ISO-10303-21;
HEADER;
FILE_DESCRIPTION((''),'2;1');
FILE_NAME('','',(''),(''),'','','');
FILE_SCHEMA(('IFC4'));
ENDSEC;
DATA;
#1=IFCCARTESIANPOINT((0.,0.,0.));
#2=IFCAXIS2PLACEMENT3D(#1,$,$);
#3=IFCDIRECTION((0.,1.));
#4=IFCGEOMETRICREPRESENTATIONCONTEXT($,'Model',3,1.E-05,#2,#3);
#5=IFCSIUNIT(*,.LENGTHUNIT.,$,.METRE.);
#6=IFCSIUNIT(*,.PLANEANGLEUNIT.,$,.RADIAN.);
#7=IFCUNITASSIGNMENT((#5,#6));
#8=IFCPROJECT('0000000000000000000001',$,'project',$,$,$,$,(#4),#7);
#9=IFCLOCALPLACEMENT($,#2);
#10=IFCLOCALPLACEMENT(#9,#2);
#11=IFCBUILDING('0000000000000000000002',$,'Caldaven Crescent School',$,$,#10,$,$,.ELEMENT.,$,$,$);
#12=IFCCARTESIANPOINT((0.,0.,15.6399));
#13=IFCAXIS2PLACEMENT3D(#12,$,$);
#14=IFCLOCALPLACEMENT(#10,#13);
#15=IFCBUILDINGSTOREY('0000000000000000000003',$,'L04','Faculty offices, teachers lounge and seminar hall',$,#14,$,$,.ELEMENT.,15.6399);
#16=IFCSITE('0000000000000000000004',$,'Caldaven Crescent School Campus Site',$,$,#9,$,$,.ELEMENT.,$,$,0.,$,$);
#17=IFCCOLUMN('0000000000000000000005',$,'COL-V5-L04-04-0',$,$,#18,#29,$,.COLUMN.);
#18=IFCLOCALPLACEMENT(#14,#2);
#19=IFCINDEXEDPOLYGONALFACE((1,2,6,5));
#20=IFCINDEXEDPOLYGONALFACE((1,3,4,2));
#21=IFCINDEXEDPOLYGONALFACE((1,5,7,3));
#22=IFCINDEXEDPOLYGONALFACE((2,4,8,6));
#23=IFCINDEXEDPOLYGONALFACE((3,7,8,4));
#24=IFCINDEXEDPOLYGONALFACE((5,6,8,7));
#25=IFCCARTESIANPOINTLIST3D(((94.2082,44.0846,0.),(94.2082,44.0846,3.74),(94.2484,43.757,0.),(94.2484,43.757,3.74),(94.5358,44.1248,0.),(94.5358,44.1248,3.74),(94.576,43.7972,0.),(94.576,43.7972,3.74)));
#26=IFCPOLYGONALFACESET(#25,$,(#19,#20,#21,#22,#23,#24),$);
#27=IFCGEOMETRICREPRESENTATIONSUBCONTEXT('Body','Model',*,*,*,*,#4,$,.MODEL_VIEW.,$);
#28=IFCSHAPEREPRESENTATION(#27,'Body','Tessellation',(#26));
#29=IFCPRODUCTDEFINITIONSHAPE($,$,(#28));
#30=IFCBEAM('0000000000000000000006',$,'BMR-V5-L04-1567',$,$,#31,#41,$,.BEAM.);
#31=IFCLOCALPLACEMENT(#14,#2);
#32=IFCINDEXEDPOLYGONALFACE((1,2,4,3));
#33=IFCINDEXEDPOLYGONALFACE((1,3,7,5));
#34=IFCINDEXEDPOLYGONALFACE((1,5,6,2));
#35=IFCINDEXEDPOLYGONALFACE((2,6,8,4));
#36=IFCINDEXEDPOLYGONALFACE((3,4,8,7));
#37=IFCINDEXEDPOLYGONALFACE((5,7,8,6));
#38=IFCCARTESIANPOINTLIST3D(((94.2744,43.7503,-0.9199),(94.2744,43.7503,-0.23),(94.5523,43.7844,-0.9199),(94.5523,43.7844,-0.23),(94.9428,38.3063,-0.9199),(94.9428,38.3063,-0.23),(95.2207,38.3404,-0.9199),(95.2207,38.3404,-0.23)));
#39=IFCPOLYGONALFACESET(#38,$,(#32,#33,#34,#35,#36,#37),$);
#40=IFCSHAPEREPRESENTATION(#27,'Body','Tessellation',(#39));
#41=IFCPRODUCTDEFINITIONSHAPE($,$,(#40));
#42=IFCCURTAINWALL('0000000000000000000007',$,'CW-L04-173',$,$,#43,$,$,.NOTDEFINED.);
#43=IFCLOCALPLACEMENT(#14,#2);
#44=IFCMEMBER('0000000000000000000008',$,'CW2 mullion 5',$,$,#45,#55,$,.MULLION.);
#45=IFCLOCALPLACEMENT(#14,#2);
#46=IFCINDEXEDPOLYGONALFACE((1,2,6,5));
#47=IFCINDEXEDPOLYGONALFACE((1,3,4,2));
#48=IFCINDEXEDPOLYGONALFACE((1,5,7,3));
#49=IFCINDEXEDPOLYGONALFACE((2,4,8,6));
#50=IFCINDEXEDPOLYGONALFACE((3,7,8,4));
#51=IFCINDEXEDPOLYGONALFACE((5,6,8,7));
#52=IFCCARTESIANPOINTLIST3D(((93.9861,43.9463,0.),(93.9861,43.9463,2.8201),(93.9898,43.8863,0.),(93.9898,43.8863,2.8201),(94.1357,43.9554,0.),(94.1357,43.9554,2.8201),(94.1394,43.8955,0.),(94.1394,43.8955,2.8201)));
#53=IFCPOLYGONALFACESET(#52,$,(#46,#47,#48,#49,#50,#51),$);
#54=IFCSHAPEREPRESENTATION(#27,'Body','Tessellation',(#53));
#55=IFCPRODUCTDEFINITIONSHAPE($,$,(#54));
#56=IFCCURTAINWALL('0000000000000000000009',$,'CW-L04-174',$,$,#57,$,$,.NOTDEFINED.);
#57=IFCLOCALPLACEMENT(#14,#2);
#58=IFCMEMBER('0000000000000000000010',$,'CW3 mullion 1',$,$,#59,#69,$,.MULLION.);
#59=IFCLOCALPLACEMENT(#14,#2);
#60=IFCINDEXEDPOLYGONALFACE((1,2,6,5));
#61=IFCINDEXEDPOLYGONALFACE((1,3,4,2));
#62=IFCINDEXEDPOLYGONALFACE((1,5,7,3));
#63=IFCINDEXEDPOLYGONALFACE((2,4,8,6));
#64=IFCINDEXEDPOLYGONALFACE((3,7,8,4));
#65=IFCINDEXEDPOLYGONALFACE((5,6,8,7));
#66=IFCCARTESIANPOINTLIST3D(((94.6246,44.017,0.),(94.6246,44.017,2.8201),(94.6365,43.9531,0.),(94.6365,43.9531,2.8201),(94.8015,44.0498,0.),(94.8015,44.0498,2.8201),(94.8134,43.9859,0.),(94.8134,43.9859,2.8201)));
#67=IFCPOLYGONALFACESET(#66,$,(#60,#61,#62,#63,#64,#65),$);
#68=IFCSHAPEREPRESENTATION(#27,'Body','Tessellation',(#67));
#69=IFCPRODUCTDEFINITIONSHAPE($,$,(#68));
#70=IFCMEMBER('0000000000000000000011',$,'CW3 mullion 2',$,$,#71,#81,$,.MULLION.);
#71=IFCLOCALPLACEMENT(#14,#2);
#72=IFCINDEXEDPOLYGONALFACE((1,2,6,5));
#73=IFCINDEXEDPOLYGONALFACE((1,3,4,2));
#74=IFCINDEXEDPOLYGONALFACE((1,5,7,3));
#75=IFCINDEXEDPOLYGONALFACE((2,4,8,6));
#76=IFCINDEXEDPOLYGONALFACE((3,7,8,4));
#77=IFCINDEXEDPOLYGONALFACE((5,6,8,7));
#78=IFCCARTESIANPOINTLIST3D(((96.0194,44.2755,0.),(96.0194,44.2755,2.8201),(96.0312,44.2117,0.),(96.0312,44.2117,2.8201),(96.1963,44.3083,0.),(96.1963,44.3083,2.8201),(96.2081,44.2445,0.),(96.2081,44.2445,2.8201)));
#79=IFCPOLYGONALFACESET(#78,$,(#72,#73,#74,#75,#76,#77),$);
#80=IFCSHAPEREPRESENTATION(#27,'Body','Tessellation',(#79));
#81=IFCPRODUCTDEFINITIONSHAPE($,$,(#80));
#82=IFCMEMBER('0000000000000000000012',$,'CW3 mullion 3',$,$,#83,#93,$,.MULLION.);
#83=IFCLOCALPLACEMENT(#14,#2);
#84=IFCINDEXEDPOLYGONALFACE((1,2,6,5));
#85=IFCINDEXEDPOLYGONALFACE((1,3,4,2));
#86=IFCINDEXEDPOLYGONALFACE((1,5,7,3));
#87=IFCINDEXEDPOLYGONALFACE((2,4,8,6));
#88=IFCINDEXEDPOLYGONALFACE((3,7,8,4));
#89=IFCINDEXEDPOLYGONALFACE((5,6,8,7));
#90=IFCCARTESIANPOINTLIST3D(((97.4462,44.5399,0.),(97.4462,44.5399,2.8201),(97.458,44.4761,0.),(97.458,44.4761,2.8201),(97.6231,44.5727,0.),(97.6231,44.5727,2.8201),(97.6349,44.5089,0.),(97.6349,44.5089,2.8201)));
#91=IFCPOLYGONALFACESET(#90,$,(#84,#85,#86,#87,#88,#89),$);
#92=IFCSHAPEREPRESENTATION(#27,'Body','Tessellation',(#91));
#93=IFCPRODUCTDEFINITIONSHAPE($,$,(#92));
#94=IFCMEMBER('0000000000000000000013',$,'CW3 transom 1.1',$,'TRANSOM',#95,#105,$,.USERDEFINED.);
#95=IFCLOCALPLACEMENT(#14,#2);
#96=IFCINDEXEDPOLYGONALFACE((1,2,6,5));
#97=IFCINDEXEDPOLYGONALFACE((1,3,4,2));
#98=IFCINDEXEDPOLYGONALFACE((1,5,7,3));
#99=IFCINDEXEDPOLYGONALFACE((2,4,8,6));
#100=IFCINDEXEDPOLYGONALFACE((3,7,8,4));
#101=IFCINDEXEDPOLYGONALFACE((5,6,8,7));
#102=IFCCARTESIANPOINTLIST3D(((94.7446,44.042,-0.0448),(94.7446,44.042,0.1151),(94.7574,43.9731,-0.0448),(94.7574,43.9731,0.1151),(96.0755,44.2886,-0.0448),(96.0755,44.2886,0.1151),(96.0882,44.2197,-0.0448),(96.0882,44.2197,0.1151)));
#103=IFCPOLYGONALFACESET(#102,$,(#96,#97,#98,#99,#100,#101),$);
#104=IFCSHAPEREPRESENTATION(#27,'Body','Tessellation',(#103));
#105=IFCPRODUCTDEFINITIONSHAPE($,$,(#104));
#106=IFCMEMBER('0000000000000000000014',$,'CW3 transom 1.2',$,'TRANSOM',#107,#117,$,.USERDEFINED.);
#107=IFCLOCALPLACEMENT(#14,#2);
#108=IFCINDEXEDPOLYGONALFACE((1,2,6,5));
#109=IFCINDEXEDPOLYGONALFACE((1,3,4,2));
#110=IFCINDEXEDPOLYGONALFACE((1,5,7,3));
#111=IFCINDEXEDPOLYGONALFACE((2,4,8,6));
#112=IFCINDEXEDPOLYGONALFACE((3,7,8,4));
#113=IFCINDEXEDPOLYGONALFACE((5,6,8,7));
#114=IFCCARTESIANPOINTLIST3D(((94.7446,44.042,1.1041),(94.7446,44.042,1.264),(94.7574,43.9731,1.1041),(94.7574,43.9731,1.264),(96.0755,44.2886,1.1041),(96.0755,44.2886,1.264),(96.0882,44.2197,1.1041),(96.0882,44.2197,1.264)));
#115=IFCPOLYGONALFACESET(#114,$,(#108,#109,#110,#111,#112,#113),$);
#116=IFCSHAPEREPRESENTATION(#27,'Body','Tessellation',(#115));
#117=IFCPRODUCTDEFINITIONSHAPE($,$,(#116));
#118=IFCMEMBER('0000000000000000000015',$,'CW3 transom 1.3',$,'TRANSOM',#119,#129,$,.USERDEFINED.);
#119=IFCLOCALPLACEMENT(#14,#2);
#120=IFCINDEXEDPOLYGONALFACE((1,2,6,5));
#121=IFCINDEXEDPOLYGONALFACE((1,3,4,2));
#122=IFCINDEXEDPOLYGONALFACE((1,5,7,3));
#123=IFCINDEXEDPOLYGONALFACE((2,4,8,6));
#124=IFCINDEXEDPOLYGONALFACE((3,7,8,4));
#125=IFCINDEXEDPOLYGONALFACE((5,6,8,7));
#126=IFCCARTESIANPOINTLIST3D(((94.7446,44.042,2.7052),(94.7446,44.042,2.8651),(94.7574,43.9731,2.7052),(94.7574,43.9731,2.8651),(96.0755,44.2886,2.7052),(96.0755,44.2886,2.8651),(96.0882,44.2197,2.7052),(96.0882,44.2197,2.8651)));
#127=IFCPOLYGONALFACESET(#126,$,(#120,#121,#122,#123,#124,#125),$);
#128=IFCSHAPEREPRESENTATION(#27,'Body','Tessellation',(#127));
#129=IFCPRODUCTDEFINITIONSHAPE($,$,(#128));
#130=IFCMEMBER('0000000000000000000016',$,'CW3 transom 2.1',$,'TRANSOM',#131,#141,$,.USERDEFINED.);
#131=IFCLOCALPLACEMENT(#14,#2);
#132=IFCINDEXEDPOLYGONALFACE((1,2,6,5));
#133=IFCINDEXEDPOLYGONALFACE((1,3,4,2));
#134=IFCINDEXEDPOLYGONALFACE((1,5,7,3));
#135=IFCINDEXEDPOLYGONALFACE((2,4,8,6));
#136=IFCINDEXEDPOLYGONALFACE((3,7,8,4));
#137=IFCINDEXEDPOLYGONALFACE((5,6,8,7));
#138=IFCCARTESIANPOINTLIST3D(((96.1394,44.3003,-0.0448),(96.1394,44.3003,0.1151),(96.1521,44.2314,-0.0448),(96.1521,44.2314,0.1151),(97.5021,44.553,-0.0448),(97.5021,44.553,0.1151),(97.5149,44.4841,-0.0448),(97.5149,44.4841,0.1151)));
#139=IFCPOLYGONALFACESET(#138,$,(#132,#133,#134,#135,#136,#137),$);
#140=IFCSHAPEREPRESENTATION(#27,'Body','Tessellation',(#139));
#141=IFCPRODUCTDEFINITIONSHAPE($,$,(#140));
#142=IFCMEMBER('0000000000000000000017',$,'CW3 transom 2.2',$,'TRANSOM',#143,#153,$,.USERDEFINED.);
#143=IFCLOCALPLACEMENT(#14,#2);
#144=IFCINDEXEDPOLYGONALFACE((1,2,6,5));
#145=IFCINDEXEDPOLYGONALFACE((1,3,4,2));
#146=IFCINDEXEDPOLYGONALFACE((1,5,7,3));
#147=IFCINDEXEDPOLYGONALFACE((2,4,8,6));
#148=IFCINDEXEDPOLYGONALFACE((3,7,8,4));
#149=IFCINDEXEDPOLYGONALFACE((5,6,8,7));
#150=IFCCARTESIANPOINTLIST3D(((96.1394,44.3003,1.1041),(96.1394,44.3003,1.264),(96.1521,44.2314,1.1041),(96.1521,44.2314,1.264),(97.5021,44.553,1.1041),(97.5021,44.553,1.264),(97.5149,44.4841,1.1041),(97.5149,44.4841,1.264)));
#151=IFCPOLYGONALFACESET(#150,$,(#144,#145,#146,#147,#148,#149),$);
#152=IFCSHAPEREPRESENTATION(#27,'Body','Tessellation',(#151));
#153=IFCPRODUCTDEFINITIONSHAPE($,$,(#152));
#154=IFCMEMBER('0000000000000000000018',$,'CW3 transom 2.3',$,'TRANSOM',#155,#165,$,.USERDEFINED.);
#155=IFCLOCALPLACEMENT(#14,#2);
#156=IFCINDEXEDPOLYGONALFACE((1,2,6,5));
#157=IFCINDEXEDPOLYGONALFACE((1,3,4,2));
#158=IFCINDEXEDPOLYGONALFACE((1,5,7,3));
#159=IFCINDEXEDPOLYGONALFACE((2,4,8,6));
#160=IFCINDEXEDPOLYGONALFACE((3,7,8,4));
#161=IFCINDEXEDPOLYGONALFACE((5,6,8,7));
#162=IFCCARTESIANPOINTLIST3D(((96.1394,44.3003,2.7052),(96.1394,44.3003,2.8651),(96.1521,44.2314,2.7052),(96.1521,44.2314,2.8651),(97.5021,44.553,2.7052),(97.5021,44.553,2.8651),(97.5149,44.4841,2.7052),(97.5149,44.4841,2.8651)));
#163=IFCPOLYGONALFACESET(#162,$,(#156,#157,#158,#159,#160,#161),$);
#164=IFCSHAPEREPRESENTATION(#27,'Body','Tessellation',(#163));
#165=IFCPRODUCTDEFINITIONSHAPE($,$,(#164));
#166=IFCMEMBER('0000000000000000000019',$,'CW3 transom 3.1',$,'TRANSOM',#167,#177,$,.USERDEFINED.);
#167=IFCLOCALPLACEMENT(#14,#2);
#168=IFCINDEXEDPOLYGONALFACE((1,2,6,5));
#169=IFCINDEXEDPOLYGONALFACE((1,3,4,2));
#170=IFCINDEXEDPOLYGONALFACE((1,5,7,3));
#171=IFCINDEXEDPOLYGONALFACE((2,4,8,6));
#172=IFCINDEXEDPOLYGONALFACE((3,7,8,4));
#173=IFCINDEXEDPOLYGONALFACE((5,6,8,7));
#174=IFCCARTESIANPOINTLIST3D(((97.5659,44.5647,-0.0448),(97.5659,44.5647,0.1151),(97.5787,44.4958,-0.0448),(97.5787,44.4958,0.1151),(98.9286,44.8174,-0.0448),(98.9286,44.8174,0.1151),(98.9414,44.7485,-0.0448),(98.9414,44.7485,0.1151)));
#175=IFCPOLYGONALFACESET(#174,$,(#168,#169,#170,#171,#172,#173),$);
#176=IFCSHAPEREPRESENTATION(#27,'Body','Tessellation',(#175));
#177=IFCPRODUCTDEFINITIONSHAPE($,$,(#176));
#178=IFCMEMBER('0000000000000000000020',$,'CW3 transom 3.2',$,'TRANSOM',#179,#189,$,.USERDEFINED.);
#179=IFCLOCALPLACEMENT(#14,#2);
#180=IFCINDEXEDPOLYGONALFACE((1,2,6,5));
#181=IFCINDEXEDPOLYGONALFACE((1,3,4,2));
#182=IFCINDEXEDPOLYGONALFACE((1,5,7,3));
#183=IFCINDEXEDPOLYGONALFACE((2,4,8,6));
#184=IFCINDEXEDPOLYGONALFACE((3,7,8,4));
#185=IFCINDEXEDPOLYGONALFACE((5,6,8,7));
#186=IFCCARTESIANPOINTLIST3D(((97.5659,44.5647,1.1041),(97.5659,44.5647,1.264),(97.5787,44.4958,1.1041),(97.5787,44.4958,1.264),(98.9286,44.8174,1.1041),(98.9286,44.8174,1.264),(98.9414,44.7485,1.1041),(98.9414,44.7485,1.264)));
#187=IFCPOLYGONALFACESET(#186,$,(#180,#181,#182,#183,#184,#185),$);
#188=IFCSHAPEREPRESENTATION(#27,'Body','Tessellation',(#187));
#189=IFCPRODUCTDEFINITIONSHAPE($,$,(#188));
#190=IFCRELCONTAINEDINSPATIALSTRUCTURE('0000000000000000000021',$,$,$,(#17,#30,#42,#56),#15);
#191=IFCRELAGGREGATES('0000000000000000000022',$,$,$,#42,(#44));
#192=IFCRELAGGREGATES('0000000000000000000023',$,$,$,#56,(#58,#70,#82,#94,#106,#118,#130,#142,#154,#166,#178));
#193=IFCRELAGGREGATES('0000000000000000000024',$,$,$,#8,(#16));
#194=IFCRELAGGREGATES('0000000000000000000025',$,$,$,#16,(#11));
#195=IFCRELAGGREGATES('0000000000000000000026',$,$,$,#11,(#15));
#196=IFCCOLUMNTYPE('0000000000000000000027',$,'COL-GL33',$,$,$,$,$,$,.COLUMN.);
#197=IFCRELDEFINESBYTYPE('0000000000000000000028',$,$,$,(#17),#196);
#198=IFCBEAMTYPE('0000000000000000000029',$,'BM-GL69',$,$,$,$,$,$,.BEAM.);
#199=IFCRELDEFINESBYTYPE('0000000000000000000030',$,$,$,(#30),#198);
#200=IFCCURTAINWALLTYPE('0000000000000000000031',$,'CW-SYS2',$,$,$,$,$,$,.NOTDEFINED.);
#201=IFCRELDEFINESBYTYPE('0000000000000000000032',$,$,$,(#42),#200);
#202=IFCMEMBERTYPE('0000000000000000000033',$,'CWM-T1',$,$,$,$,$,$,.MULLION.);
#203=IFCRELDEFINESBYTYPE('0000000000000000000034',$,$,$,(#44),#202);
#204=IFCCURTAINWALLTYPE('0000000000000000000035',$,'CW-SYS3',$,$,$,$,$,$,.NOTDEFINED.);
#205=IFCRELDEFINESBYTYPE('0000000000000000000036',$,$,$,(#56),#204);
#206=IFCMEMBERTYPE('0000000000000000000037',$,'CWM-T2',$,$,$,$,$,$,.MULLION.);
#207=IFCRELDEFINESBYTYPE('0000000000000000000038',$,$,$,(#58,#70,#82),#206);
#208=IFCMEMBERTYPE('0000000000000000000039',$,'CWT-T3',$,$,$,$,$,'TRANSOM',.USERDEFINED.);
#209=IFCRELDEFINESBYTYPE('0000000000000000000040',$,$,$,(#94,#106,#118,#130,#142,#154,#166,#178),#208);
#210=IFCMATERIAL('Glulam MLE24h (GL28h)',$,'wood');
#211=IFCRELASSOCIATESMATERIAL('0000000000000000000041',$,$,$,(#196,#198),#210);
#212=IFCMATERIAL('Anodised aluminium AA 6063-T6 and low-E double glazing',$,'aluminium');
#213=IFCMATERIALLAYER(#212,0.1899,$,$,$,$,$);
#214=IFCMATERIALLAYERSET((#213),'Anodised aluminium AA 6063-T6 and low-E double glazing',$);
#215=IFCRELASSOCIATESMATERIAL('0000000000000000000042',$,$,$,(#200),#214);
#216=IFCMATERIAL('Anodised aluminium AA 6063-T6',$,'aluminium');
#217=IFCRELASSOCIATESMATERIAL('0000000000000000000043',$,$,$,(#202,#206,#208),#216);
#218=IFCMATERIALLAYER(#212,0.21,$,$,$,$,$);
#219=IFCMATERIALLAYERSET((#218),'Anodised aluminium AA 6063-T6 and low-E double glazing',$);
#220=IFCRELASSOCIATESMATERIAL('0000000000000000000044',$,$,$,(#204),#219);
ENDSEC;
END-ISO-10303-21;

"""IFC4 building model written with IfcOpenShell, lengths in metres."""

from ifc_helpers import new_model, si_unit, direction, frame, origin, origin_2d, place, context, subcontext, project, spatial, rectangle, extrude, material, layer, layer_set, material_profile, profile_set, type_object, element, aggregate, save


model = new_model("IFC4")

# Units and contexts
model_context = context("Model", 3, precision=1e-05, world=origin(), true_north=direction((0.0, 1.0)))
body_context = subcontext(model_context, "Body", "Model", "MODEL_VIEW")
ifc_project = project(units=[si_unit("LENGTHUNIT", "METRE"), si_unit("PLANEANGLEUNIT", "RADIAN")], contexts=[model_context])

# Site, building, storey
site_placement = place(None, origin())
site = spatial("IfcSite", under=ifc_project, at=site_placement, Name="Caldaven Crescent School Campus Site", CompositionType="ELEMENT", RefElevation=0.0)
building_placement = place(site_placement, origin())
building = spatial("IfcBuilding", under=site, at=building_placement, Name="Caldaven Crescent School", CompositionType="ELEMENT")
storey_placement = place(building_placement, frame((0.0, 0.0, 15.6399)))
storey = spatial("IfcBuildingStorey", under=building, at=storey_placement, Name="L04", Description="Faculty offices, teachers lounge and seminar hall", CompositionType="ELEMENT", Elevation=15.6399)

# Column
ifc_material_1 = material(Name="Glulam MLE24h (GL28h)", Category="wood")
ifc_material_profile_1 = material_profile(ifc_material_1, rectangle(XDim=0.3301, YDim=0.3301, at=origin_2d()), Name="MLE 330x330")
ifc_profile_set_1 = profile_set([ifc_material_profile_1], Name="Glulam MLE24h (GL28h)")
column_type = type_object("IfcColumnType", Name="COL-GL33", PredefinedType="COLUMN", material=ifc_profile_set_1)
column_placement = place(storey_placement, frame((94.3921, 43.9409, 0.0), z_axis=(0.0, 0.0, 1.0), x_axis=(0.121869, -0.992546, 0.0)))
element("IfcColumn", 1, at=column_placement, inside=storey, type_object=column_type, Name="COL-V5-L04-04-0", PredefinedType="COLUMN", context=body_context, shape_type="SweptSolid", body=[
    extrude(rectangle(XDim=0.3301, YDim=0.3301, at=origin_2d()), origin(), (0.0, 0.0, 1.0), 3.74),
])

# Beam
ifc_material_profile_2 = material_profile(ifc_material_1, rectangle(XDim=0.28, YDim=0.6899, at=origin_2d()), Name="MLE 280x690")
ifc_profile_set_2 = profile_set([ifc_material_profile_2], Name="Glulam MLE24h (GL28h)")
beam_type_1 = type_object("IfcBeamType", Name="BM-GL69", PredefinedType="BEAM", material=ifc_profile_set_2)
beam_1_placement = place(storey_placement, frame((94.4133, 43.7673, -0.575), z_axis=(0.121871, -0.992546, 0.0), x_axis=(0.992546, 0.121871, 0.0)))
element("IfcBeam", 2, at=beam_1_placement, inside=storey, type_object=beam_type_1, Name="BMR-V5-L04-1567", PredefinedType="BEAM", context=body_context, shape_type="SweptSolid", body=[
    extrude(rectangle(XDim=0.28, YDim=0.6899, at=origin_2d()), origin(), (0.0, 0.0, 1.0), 5.4849),
])

# Curtain wall, member
ifc_material_2 = material(Name="Anodised aluminium AA 6063-T6 and low-E double glazing", Category="aluminium")
ifc_layer_1 = layer(ifc_material_2, 0.1899)
ifc_layer_set_1 = layer_set([ifc_layer_1], Name="Anodised aluminium AA 6063-T6 and low-E double glazing")
curtain_wall_type_1 = type_object("IfcCurtainWallType", Name="CW-SYS2", PredefinedType="NOTDEFINED", material=ifc_layer_set_1)
curtain_wall_1_placement = place(storey_placement, origin())
curtain_wall_1 = element("IfcCurtainWall", 3, at=curtain_wall_1_placement, inside=storey, type_object=curtain_wall_type_1, Name="CW-L04-173", PredefinedType="NOTDEFINED")
ifc_material_3 = material(Name="Anodised aluminium AA 6063-T6", Category="aluminium")
ifc_material_profile_3 = material_profile(ifc_material_3, rectangle(XDim=0.0601, YDim=0.1499, at=origin_2d()), Name="CWM 60x150")
ifc_profile_set_3 = profile_set([ifc_material_profile_3], Name="Anodised aluminium AA 6063-T6")
member_type_1 = type_object("IfcMemberType", Name="CWM-T1", PredefinedType="MULLION", material=ifc_profile_set_3)
member_1_placement = place(storey_placement, frame((94.0627, 43.9209, 0.0), z_axis=(0.0, 0.0, 1.0), x_axis=(-0.061049, 0.998135, 0.0)))
member_1 = element("IfcMember", 4, at=member_1_placement, type_object=member_type_1, Name="CW2 mullion 5", PredefinedType="MULLION", context=body_context, shape_type="SweptSolid", body=[
    extrude(rectangle(XDim=0.0601, YDim=0.1499, at=origin_2d()), origin(), (0.0, 0.0, 1.0), 2.8201),
])

# Curtain wall, members
ifc_layer_2 = layer(ifc_material_2, 0.21)
ifc_layer_set_2 = layer_set([ifc_layer_2], Name="Anodised aluminium AA 6063-T6 and low-E double glazing")
curtain_wall_type_2 = type_object("IfcCurtainWallType", Name="CW-SYS3", PredefinedType="NOTDEFINED", material=ifc_layer_set_2)
curtain_wall_2_placement = place(storey_placement, origin())
curtain_wall_2 = element("IfcCurtainWall", 5, at=curtain_wall_2_placement, inside=storey, type_object=curtain_wall_type_2, Name="CW-L04-174", PredefinedType="NOTDEFINED")
ifc_material_profile_4 = material_profile(ifc_material_3, rectangle(XDim=0.0649, YDim=0.1799, at=origin_2d()), Name="CWM 65x180")
ifc_profile_set_4 = profile_set([ifc_material_profile_4], Name="Anodised aluminium AA 6063-T6")
member_type_2 = type_object("IfcMemberType", Name="CWM-T2", PredefinedType="MULLION", material=ifc_profile_set_4)
member_2_placement = place(storey_placement, frame((94.719, 44.0015, 0.0), z_axis=(0.0, 0.0, 1.0), x_axis=(-0.182236, 0.983255, 0.0)))
member_2 = element("IfcMember", 6, at=member_2_placement, type_object=member_type_2, Name="CW3 mullion 1", PredefinedType="MULLION", context=body_context, shape_type="SweptSolid", body=[
    extrude(rectangle(XDim=0.0649, YDim=0.1799, at=origin_2d()), origin(), (0.0, 0.0, 1.0), 2.8201),
])
member_3_placement = place(storey_placement, frame((96.1138, 44.26, 0.0), z_axis=(0.0, 0.0, 1.0), x_axis=(-0.182236, 0.983255, 0.0)))
member_3 = element("IfcMember", 7, at=member_3_placement, type_object=member_type_2, Name="CW3 mullion 2", PredefinedType="MULLION", context=body_context, shape_type="SweptSolid", body=[
    extrude(rectangle(XDim=0.0649, YDim=0.1799, at=origin_2d()), origin(), (0.0, 0.0, 1.0), 2.8201),
])
member_4_placement = place(storey_placement, frame((97.5405, 44.5244, 0.0), z_axis=(0.0, 0.0, 1.0), x_axis=(-0.182236, 0.983255, 0.0)))
member_4 = element("IfcMember", 8, at=member_4_placement, type_object=member_type_2, Name="CW3 mullion 3", PredefinedType="MULLION", context=body_context, shape_type="SweptSolid", body=[
    extrude(rectangle(XDim=0.0649, YDim=0.1799, at=origin_2d()), origin(), (0.0, 0.0, 1.0), 2.8201),
])
ifc_material_profile_5 = material_profile(ifc_material_3, rectangle(XDim=0.0701, YDim=0.1599, at=origin_2d()), Name="CWT 70x160")
ifc_profile_set_5 = profile_set([ifc_material_profile_5], Name="Anodised aluminium AA 6063-T6")
member_type_3 = type_object("IfcMemberType", Name="CWT-T3", ElementType="TRANSOM", PredefinedType="USERDEFINED", material=ifc_profile_set_5)
member_5_placement = place(storey_placement, frame((94.751, 44.0076, 0.0352), z_axis=(0.983264, 0.182186, 0.0), x_axis=(-0.182186, 0.983264, 0.0)))
member_5 = element("IfcMember", 9, at=member_5_placement, type_object=member_type_3, Name="CW3 transom 1.1", ObjectType="TRANSOM", PredefinedType="USERDEFINED", context=body_context, shape_type="SweptSolid", body=[
    extrude(rectangle(XDim=0.0701, YDim=0.1599, at=origin_2d()), origin(), (0.0, 0.0, 1.0), 1.3535),
])
member_6_placement = place(storey_placement, frame((94.751, 44.0076, 1.1841), z_axis=(0.983264, 0.182186, 0.0), x_axis=(-0.182186, 0.983264, 0.0)))
member_6 = element("IfcMember", 10, at=member_6_placement, type_object=member_type_3, Name="CW3 transom 1.2", ObjectType="TRANSOM", PredefinedType="USERDEFINED", context=body_context, shape_type="SweptSolid", body=[
    extrude(rectangle(XDim=0.0701, YDim=0.1599, at=origin_2d()), origin(), (0.0, 0.0, 1.0), 1.3535),
])
member_7_placement = place(storey_placement, frame((94.751, 44.0076, 2.7852), z_axis=(0.983264, 0.182186, 0.0), x_axis=(-0.182186, 0.983264, 0.0)))
member_7 = element("IfcMember", 11, at=member_7_placement, type_object=member_type_3, Name="CW3 transom 1.3", ObjectType="TRANSOM", PredefinedType="USERDEFINED", context=body_context, shape_type="SweptSolid", body=[
    extrude(rectangle(XDim=0.0701, YDim=0.1599, at=origin_2d()), origin(), (0.0, 0.0, 1.0), 1.3535),
])
member_8_placement = place(storey_placement, frame((96.1458, 44.2659, 0.0352), z_axis=(0.983241, 0.18231, 0.0), x_axis=(-0.18231, 0.983241, 0.0)))
member_8 = element("IfcMember", 12, at=member_8_placement, type_object=member_type_3, Name="CW3 transom 2.1", ObjectType="TRANSOM", PredefinedType="USERDEFINED", context=body_context, shape_type="SweptSolid", body=[
    extrude(rectangle(XDim=0.0701, YDim=0.1599, at=origin_2d()), origin(), (0.0, 0.0, 1.0), 1.386),
])
member_9_placement = place(storey_placement, frame((96.1458, 44.2659, 1.1841), z_axis=(0.983241, 0.18231, 0.0), x_axis=(-0.18231, 0.983241, 0.0)))
member_9 = element("IfcMember", 13, at=member_9_placement, type_object=member_type_3, Name="CW3 transom 2.2", ObjectType="TRANSOM", PredefinedType="USERDEFINED", context=body_context, shape_type="SweptSolid", body=[
    extrude(rectangle(XDim=0.0701, YDim=0.1599, at=origin_2d()), origin(), (0.0, 0.0, 1.0), 1.386),
])
member_10_placement = place(storey_placement, frame((96.1458, 44.2659, 2.7852), z_axis=(0.983241, 0.18231, 0.0), x_axis=(-0.18231, 0.983241, 0.0)))
member_10 = element("IfcMember", 14, at=member_10_placement, type_object=member_type_3, Name="CW3 transom 2.3", ObjectType="TRANSOM", PredefinedType="USERDEFINED", context=body_context, shape_type="SweptSolid", body=[
    extrude(rectangle(XDim=0.0701, YDim=0.1599, at=origin_2d()), origin(), (0.0, 0.0, 1.0), 1.386),
])
member_11_placement = place(storey_placement, frame((97.5723, 44.5303, 0.0352), z_axis=(0.983241, 0.18231, 0.0), x_axis=(-0.18231, 0.983241, 0.0)))
member_11 = element("IfcMember", 15, at=member_11_placement, type_object=member_type_3, Name="CW3 transom 3.1", ObjectType="TRANSOM", PredefinedType="USERDEFINED", context=body_context, shape_type="SweptSolid", body=[
    extrude(rectangle(XDim=0.0701, YDim=0.1599, at=origin_2d()), origin(), (0.0, 0.0, 1.0), 1.386),
])
member_12_placement = place(storey_placement, frame((97.5723, 44.5303, 1.1841), z_axis=(0.983241, 0.18231, 0.0), x_axis=(-0.18231, 0.983241, 0.0)))
member_12 = element("IfcMember", 16, at=member_12_placement, type_object=member_type_3, Name="CW3 transom 3.2", ObjectType="TRANSOM", PredefinedType="USERDEFINED", context=body_context, shape_type="SweptSolid", body=[
    extrude(rectangle(XDim=0.0701, YDim=0.1599, at=origin_2d()), origin(), (0.0, 0.0, 1.0), 1.386),
])

aggregate(curtain_wall_1, [member_1])
aggregate(curtain_wall_2, [member_2, member_3, member_4, member_5, member_6, member_7, member_8, member_9, member_10, member_11, member_12])

save(model, "model.ifc")
